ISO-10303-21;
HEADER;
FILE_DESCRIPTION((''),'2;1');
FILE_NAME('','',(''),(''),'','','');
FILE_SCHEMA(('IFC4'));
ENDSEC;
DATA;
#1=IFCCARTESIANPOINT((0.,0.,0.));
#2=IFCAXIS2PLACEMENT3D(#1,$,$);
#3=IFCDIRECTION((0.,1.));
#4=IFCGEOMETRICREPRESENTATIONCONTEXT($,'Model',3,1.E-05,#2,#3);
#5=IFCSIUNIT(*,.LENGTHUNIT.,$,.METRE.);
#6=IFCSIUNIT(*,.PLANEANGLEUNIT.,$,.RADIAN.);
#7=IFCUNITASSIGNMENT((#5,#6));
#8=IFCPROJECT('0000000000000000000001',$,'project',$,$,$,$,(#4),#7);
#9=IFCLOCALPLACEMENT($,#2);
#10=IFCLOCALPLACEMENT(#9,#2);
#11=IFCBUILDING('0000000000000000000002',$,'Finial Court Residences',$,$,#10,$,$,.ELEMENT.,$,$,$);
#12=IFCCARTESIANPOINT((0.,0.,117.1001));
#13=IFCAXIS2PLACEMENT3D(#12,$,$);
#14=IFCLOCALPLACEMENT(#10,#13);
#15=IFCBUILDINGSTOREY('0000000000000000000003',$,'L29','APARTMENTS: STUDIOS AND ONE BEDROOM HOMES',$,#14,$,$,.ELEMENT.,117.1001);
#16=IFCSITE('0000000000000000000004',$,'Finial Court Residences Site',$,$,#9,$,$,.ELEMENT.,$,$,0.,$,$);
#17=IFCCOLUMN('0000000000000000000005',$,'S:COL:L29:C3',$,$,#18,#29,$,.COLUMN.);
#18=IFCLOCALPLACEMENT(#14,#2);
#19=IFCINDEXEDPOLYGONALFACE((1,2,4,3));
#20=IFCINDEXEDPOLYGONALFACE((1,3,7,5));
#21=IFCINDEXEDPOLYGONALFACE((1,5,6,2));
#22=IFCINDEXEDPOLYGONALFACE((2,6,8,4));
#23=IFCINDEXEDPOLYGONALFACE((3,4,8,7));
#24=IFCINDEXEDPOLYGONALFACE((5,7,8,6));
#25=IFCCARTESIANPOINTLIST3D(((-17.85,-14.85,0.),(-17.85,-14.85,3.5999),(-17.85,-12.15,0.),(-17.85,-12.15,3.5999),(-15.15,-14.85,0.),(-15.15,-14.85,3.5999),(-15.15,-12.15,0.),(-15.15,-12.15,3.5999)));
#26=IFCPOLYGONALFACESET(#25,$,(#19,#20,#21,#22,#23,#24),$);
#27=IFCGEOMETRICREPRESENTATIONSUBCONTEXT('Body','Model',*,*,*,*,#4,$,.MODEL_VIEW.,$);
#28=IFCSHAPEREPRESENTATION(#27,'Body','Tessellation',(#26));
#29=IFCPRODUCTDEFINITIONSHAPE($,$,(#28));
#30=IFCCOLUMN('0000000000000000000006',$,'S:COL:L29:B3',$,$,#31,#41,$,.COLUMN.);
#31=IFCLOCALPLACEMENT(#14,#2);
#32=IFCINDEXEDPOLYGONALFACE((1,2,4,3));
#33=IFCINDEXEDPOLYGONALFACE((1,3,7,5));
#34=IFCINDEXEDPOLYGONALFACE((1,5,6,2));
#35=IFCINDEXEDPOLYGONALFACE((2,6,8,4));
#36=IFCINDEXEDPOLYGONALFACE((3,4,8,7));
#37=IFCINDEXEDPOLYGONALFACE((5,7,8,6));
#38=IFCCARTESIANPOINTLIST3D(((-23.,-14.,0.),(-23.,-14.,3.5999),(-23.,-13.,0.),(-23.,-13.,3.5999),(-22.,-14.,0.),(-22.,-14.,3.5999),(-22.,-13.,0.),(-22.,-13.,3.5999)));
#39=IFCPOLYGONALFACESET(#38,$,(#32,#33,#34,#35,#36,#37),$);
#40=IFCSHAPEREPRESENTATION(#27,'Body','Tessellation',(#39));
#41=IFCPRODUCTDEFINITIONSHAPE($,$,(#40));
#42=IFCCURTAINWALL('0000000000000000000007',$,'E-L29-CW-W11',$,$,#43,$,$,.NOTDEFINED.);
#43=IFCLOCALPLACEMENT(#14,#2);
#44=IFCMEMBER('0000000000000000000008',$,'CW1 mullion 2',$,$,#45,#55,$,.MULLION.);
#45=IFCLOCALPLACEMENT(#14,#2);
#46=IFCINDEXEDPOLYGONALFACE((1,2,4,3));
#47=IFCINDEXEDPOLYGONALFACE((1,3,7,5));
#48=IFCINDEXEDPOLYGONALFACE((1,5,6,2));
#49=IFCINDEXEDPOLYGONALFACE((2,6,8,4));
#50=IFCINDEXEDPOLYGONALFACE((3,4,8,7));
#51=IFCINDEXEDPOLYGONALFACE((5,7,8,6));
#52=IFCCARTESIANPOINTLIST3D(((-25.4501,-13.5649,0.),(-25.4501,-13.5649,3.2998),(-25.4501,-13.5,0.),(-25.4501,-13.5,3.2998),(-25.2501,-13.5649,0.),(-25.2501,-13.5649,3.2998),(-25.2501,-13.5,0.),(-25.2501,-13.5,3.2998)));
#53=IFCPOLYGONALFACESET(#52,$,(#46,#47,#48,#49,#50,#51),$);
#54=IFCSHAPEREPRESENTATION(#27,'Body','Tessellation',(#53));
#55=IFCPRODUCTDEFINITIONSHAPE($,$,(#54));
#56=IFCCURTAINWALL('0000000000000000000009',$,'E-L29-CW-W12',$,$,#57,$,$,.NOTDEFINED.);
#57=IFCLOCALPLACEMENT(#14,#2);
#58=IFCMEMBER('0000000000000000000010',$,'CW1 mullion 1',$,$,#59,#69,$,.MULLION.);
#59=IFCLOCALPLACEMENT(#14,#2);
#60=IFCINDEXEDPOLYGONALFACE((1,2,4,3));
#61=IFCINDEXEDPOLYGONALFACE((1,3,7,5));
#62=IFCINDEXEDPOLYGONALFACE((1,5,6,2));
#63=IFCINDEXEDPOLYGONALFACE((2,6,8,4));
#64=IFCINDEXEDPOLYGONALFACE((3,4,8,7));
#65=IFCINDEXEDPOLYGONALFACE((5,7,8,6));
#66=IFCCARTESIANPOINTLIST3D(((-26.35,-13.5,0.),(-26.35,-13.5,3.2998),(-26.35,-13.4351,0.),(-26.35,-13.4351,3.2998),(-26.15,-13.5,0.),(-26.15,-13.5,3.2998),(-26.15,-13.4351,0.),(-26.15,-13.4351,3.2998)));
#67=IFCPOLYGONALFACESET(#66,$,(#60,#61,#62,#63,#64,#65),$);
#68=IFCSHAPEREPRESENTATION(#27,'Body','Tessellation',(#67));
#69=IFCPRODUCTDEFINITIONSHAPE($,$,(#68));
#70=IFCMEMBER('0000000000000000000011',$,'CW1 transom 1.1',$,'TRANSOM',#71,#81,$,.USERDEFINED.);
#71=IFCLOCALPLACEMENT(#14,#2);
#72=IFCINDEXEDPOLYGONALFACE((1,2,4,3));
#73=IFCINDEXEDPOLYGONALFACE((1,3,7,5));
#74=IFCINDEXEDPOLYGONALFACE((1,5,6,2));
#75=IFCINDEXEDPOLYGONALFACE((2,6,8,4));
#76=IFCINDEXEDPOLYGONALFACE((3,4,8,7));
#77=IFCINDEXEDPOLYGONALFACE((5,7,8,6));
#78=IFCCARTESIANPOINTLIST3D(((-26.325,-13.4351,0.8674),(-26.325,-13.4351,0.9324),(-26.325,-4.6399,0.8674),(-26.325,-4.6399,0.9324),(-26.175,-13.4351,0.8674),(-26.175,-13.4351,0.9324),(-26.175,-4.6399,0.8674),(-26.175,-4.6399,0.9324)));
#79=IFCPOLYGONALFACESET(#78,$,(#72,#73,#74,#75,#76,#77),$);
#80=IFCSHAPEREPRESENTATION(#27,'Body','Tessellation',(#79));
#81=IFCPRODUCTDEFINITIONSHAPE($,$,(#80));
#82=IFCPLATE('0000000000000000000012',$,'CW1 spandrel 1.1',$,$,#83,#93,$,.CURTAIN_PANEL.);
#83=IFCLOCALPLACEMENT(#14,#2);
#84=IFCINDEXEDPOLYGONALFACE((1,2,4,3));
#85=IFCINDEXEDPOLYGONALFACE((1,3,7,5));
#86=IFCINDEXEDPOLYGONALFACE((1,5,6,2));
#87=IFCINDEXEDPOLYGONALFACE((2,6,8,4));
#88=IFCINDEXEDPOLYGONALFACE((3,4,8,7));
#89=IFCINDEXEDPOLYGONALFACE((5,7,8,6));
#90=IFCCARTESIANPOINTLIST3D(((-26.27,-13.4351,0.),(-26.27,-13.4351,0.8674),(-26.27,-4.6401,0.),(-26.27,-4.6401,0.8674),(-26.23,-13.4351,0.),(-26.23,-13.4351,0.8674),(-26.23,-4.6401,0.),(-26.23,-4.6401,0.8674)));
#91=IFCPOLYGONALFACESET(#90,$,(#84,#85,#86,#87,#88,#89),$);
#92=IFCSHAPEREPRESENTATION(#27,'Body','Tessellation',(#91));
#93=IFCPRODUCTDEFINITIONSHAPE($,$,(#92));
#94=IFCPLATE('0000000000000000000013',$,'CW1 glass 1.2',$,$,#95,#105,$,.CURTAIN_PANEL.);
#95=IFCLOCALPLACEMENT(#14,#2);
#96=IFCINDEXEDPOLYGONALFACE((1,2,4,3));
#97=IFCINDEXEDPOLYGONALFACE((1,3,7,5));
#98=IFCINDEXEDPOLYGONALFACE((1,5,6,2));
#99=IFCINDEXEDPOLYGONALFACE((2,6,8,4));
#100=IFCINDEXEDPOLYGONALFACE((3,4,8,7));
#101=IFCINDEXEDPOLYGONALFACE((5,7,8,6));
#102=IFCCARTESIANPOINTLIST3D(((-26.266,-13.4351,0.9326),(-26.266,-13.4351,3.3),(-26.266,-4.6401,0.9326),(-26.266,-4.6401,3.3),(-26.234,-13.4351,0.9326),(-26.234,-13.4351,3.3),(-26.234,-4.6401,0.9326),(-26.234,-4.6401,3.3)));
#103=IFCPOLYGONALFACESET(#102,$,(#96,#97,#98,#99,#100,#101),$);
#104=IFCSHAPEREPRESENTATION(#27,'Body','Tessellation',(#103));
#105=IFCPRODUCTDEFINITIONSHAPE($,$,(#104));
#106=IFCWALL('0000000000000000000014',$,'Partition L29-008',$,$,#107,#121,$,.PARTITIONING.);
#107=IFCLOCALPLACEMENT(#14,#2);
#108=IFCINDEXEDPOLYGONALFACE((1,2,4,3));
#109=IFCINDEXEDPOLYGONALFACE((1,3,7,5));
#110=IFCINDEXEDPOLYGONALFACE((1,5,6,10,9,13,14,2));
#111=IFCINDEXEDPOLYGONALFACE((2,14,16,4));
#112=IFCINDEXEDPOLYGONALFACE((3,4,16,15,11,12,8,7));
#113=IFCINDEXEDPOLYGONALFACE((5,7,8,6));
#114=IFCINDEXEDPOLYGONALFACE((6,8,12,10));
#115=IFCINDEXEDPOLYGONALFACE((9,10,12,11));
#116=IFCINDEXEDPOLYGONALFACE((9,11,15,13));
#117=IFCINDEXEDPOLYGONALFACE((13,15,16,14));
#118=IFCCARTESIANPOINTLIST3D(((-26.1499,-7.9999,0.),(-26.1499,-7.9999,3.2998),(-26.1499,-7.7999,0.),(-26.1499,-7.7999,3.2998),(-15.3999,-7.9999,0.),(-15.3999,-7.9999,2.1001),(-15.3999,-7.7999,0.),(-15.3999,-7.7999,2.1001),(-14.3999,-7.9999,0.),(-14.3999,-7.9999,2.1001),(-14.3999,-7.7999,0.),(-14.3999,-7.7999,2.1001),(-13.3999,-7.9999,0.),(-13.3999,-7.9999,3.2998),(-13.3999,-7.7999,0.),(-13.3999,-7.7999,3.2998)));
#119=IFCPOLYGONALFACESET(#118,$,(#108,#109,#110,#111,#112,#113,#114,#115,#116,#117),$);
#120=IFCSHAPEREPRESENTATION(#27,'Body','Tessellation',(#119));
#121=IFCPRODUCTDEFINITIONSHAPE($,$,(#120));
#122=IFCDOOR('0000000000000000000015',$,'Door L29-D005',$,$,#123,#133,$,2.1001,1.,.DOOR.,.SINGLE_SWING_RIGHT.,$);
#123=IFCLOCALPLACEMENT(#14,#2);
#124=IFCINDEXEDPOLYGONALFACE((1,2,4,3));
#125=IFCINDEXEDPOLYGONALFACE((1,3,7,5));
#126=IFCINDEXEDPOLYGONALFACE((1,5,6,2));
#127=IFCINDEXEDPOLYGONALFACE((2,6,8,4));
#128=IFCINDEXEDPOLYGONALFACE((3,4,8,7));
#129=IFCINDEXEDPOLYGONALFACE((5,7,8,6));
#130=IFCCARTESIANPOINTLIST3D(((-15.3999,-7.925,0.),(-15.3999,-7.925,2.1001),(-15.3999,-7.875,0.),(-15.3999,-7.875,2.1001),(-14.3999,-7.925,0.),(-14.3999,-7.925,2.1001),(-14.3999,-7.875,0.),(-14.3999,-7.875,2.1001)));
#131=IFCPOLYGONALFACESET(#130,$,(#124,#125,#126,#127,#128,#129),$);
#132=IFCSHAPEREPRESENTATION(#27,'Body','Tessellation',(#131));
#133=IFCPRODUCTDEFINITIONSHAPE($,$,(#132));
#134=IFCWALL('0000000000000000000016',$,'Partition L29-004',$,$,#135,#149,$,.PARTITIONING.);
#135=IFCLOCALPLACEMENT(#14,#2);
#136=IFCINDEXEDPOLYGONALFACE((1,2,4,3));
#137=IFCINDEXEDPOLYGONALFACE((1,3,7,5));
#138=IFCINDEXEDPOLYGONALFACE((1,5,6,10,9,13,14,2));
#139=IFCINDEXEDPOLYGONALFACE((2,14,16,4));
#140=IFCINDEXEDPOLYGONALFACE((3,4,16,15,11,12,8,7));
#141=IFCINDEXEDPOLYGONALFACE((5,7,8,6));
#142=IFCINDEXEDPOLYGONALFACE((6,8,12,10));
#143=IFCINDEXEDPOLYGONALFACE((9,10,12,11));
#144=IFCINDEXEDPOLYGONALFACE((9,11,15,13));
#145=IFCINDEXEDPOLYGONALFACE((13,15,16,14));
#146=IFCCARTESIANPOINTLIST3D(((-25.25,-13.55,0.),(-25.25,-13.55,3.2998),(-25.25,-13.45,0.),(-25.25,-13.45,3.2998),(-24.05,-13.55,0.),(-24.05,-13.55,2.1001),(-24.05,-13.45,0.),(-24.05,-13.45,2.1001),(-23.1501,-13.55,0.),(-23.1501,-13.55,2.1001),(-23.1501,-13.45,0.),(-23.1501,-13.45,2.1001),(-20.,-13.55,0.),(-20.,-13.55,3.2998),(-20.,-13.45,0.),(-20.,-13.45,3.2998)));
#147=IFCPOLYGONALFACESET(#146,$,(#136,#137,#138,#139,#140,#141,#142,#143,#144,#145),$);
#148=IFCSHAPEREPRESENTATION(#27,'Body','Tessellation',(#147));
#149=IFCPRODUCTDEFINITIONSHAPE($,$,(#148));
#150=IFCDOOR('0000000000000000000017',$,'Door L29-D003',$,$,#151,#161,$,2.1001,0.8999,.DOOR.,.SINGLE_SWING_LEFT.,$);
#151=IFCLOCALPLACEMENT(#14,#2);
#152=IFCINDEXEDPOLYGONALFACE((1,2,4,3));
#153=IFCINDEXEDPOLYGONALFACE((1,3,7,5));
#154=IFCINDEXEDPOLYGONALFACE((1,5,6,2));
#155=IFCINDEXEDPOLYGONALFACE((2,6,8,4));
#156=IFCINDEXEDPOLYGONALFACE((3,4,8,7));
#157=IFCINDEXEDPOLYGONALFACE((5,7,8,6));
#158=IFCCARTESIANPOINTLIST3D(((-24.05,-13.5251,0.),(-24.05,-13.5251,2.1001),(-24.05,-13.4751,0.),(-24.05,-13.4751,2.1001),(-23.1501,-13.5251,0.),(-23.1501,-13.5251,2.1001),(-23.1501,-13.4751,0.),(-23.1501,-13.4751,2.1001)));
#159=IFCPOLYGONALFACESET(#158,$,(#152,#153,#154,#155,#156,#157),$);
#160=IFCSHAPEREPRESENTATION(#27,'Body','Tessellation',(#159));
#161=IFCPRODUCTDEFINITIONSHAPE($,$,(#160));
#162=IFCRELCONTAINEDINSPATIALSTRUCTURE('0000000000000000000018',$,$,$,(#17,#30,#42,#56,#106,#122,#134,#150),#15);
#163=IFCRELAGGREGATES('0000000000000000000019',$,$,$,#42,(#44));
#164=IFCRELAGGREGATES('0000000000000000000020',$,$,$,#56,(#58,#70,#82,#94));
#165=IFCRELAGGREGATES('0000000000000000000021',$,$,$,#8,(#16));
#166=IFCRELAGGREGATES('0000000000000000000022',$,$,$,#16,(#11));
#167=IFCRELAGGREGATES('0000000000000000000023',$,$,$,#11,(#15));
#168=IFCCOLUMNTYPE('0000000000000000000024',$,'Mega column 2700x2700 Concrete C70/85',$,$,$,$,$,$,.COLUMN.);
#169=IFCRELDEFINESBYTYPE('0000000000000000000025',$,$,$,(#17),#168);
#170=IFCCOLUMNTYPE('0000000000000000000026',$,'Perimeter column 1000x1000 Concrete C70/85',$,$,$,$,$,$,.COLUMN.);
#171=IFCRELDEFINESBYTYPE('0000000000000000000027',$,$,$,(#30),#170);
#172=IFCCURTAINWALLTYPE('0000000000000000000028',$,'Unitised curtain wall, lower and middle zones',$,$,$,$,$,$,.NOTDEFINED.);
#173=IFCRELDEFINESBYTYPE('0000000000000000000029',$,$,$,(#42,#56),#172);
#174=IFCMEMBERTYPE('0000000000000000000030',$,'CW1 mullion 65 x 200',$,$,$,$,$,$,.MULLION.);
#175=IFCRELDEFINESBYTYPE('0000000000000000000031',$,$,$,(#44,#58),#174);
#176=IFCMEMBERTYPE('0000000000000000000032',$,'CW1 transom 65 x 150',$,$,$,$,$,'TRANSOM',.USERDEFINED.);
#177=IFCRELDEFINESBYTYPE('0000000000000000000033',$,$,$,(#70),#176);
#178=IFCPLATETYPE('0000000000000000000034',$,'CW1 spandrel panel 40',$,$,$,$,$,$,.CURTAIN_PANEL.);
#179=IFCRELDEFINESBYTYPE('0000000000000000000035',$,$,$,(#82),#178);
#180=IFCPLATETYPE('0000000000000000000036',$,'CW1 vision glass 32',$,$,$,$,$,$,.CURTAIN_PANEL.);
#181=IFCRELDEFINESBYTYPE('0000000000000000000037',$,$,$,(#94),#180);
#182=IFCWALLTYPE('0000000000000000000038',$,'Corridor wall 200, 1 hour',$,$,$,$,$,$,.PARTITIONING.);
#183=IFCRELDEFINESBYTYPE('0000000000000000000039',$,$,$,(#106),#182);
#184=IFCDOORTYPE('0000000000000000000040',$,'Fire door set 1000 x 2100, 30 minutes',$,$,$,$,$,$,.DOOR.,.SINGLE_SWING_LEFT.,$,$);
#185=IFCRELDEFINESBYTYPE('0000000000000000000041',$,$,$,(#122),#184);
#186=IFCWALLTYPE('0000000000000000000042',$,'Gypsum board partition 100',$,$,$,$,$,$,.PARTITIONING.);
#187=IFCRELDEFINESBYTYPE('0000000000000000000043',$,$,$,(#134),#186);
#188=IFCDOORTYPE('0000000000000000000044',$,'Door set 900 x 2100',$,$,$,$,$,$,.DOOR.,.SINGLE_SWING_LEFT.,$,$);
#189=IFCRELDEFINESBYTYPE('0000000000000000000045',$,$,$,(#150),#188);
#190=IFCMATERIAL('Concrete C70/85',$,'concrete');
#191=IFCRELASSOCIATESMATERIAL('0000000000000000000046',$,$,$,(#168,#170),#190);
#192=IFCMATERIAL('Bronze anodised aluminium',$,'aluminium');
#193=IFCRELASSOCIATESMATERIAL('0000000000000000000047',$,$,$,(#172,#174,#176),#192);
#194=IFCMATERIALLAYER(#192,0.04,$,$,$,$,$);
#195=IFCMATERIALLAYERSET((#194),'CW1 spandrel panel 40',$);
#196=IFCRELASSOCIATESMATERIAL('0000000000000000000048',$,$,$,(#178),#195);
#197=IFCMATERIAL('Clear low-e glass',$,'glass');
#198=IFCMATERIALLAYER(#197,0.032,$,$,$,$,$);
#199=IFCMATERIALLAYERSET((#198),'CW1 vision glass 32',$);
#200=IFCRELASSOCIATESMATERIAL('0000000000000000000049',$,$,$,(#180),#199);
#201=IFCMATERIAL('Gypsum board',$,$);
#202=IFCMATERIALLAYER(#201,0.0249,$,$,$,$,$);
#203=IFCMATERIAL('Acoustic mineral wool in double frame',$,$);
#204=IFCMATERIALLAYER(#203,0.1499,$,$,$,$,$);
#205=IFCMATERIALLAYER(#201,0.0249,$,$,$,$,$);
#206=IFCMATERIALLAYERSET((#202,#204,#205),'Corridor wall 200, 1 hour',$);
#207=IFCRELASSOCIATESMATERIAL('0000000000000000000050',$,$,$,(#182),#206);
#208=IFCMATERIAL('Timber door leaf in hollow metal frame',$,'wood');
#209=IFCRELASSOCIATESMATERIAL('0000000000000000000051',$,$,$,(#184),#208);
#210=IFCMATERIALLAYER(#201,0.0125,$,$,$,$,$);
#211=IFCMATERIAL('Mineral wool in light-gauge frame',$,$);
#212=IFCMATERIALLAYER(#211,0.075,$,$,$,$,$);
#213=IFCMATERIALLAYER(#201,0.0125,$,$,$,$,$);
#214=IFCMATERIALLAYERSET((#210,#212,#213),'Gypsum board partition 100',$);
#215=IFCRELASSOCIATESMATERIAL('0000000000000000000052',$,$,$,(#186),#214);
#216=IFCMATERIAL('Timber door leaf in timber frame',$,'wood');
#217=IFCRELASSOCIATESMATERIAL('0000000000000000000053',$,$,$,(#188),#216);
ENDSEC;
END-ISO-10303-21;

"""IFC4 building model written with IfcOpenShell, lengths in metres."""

from ifc_helpers import new_model, si_unit, direction, frame, frame_2d, origin, origin_2d, place, context, subcontext, project, spatial, rectangle, extrude, material, layer, layer_set, material_profile, profile_set, type_object, element, fill, aggregate, save


model = new_model("IFC4")

# Units and contexts
model_context = context("Model", 3, precision=1e-05, world=origin(), true_north=direction((0.0, 1.0)))
body_context = subcontext(model_context, "Body", "Model", "MODEL_VIEW")
ifc_project = project(units=[si_unit("LENGTHUNIT", "METRE"), si_unit("PLANEANGLEUNIT", "RADIAN")], contexts=[model_context])

# Site, building, storey
site_placement = place(None, origin())
site = spatial("IfcSite", under=ifc_project, at=site_placement, Name="Finial Court Residences Site", CompositionType="ELEMENT", RefElevation=0.0)
building_placement = place(site_placement, origin())
building = spatial("IfcBuilding", under=site, at=building_placement, Name="Finial Court Residences", CompositionType="ELEMENT")
storey_placement = place(building_placement, frame((0.0, 0.0, 117.1001)))
storey = spatial("IfcBuildingStorey", under=building, at=storey_placement, Name="L29", Description="APARTMENTS: STUDIOS AND ONE BEDROOM HOMES", CompositionType="ELEMENT", Elevation=117.1001)

# Columns
ifc_material_1 = material(Name="Concrete C70/85", Category="concrete")
ifc_material_profile_1 = material_profile(ifc_material_1, rectangle(XDim=2.7, YDim=2.7, at=origin_2d()), Name="2700x2700")
ifc_profile_set_1 = profile_set([ifc_material_profile_1], Name="Concrete C70/85")
column_type_1 = type_object("IfcColumnType", Name="Mega column 2700x2700 Concrete C70/85", PredefinedType="COLUMN", material=ifc_profile_set_1)
column_1_placement = place(storey_placement, frame((-16.5, -13.5, 0.0), z_axis=(0.0, 0.0, 1.0), x_axis=(1.0, 0.0, 0.0)))
element("IfcColumn", 1, at=column_1_placement, inside=storey, type_object=column_type_1, Name="S:COL:L29:C3", PredefinedType="COLUMN", context=body_context, shape_type="SweptSolid", body=[
    extrude(rectangle(XDim=2.7, YDim=2.7, at=origin_2d()), origin(), (0.0, 0.0, 1.0), 3.5999),
])
ifc_material_profile_2 = material_profile(ifc_material_1, rectangle(XDim=1.0, YDim=1.0, at=origin_2d()), Name="1000x1000")
ifc_profile_set_2 = profile_set([ifc_material_profile_2], Name="Concrete C70/85")
column_type_2 = type_object("IfcColumnType", Name="Perimeter column 1000x1000 Concrete C70/85", PredefinedType="COLUMN", material=ifc_profile_set_2)
column_2_placement = place(storey_placement, frame((-22.5, -13.5, 0.0), z_axis=(0.0, 0.0, 1.0), x_axis=(1.0, 0.0, 0.0)))
element("IfcColumn", 2, at=column_2_placement, inside=storey, type_object=column_type_2, Name="S:COL:L29:B3", PredefinedType="COLUMN", context=body_context, shape_type="SweptSolid", body=[
    extrude(rectangle(XDim=1.0, YDim=1.0, at=origin_2d()), origin(), (0.0, 0.0, 1.0), 3.5999),
])

# Curtain wall, member
ifc_material_2 = material(Name="Bronze anodised aluminium", Category="aluminium")
curtain_wall_type = type_object("IfcCurtainWallType", Name="Unitised curtain wall, lower and middle zones", PredefinedType="NOTDEFINED", material=ifc_material_2)
curtain_wall_1_placement = place(storey_placement, origin())
curtain_wall_1 = element("IfcCurtainWall", 3, at=curtain_wall_1_placement, inside=storey, type_object=curtain_wall_type, Name="E-L29-CW-W11", PredefinedType="NOTDEFINED")
ifc_material_profile_3 = material_profile(ifc_material_2, rectangle(XDim=0.2, YDim=0.0649, at=origin_2d()), Name="CW1 mullion 65 x 200")
ifc_profile_set_3 = profile_set([ifc_material_profile_3], Name="Bronze anodised aluminium")
member_type_1 = type_object("IfcMemberType", Name="CW1 mullion 65 x 200", PredefinedType="MULLION", material=ifc_profile_set_3)
member_1_placement = place(storey_placement, frame((-25.3501, -13.5325, 0.0), z_axis=(0.0, 0.0, 1.0), x_axis=(-1.0, 0.0, 0.0)))
member_1 = element("IfcMember", 4, at=member_1_placement, type_object=member_type_1, Name="CW1 mullion 2", PredefinedType="MULLION", context=body_context, shape_type="SweptSolid", body=[
    extrude(rectangle(XDim=0.2, YDim=0.0649, at=origin_2d()), origin(), (0.0, 0.0, 1.0), 3.2998),
])
aggregate(curtain_wall_1, [member_1])

# Curtain wall, members, plates
curtain_wall_2_placement = place(storey_placement, origin())
curtain_wall_2 = element("IfcCurtainWall", 5, at=curtain_wall_2_placement, inside=storey, type_object=curtain_wall_type, Name="E-L29-CW-W12", PredefinedType="NOTDEFINED")
member_2_placement = place(storey_placement, frame((-26.25, -13.4675, 0.0), z_axis=(0.0, 0.0, 1.0), x_axis=(-1.0, 0.0, 0.0)))
member_2 = element("IfcMember", 6, at=member_2_placement, type_object=member_type_1, Name="CW1 mullion 1", PredefinedType="MULLION", context=body_context, shape_type="SweptSolid", body=[
    extrude(rectangle(XDim=0.2, YDim=0.0649, at=origin_2d()), origin(), (0.0, 0.0, 1.0), 3.2998),
])
ifc_material_profile_4 = material_profile(ifc_material_2, rectangle(XDim=0.1499, YDim=0.0649, at=origin_2d()), Name="CW1 transom 65 x 150")
ifc_profile_set_4 = profile_set([ifc_material_profile_4], Name="Bronze anodised aluminium")
member_type_2 = type_object("IfcMemberType", Name="CW1 transom 65 x 150", ElementType="TRANSOM", PredefinedType="USERDEFINED", material=ifc_profile_set_4)
member_3_placement = place(storey_placement, frame((-26.25, -13.4351, 0.8999), z_axis=(0.0, 1.0, 0.0), x_axis=(-1.0, 0.0, 0.0)))
member_3 = element("IfcMember", 7, at=member_3_placement, type_object=member_type_2, Name="CW1 transom 1.1", ObjectType="TRANSOM", PredefinedType="USERDEFINED", context=body_context, shape_type="SweptSolid", body=[
    extrude(rectangle(XDim=0.1499, YDim=0.0649, at=origin_2d()), origin(), (0.0, 0.0, 1.0), 8.7952),
])
ifc_layer_1 = layer(ifc_material_2, 0.04)
ifc_layer_set_1 = layer_set([ifc_layer_1], Name="CW1 spandrel panel 40")
plate_type_1 = type_object("IfcPlateType", Name="CW1 spandrel panel 40", PredefinedType="CURTAIN_PANEL", material=ifc_layer_set_1)
plate_1_placement = place(storey_placement, frame((-26.25, -9.0376, 0.0), z_axis=(0.0, 0.0, 1.0), x_axis=(0.0, 1.0, 0.0)))
plate_1 = element("IfcPlate", 8, at=plate_1_placement, type_object=plate_type_1, Name="CW1 spandrel 1.1", PredefinedType="CURTAIN_PANEL", context=body_context, shape_type="SweptSolid", body=[
    extrude(rectangle(XDim=8.7949, YDim=0.04, at=origin_2d()), origin(), (0.0, 0.0, 1.0), 0.8674),
])
ifc_material_3 = material(Name="Clear low-e glass", Category="glass")
ifc_layer_2 = layer(ifc_material_3, 0.032)
ifc_layer_set_2 = layer_set([ifc_layer_2], Name="CW1 vision glass 32")
plate_type_2 = type_object("IfcPlateType", Name="CW1 vision glass 32", PredefinedType="CURTAIN_PANEL", material=ifc_layer_set_2)
plate_2_placement = place(storey_placement, frame((-26.25, -9.0376, 0.9326), z_axis=(0.0, 0.0, 1.0), x_axis=(0.0, 1.0, 0.0)))
plate_2 = element("IfcPlate", 9, at=plate_2_placement, type_object=plate_type_2, Name="CW1 glass 1.2", PredefinedType="CURTAIN_PANEL", context=body_context, shape_type="SweptSolid", body=[
    extrude(rectangle(XDim=8.7949, YDim=0.032, at=origin_2d()), origin(), (0.0, 0.0, 1.0), 2.3674),
])
aggregate(curtain_wall_2, [member_2, member_3, plate_1, plate_2])

# Walls, openings, doors
ifc_material_4 = material(Name="Gypsum board")
ifc_layer_3 = layer(ifc_material_4, 0.0249)
ifc_material_5 = material(Name="Acoustic mineral wool in double frame")
ifc_layer_4 = layer(ifc_material_5, 0.1499)
ifc_layer_5 = layer(ifc_material_4, 0.0249)
ifc_layer_set_3 = layer_set([ifc_layer_3, ifc_layer_4, ifc_layer_5], Name="Corridor wall 200, 1 hour")
wall_type_1 = type_object("IfcWallType", Name="Corridor wall 200, 1 hour", PredefinedType="PARTITIONING", material=ifc_layer_set_3)
wall_1_placement = place(storey_placement, frame((-26.1499, -7.8999, 0.0), z_axis=(0.0, 0.0, 1.0), x_axis=(1.0, 0.0, 0.0)))
wall_1 = element("IfcWall", 10, at=wall_1_placement, inside=storey, type_object=wall_type_1, Name="Partition L29-008", PredefinedType="PARTITIONING", context=body_context, shape_type="SweptSolid", body=[
    extrude(rectangle(XDim=12.75, YDim=0.2, at=frame_2d((6.375, 0.0))), origin(), (0.0, 0.0, 1.0), 3.2998),
])
opening_1_placement = place(wall_1_placement, frame((10.75, 0.0, 0.0)))
opening_1 = element("IfcOpeningElement", 11, at=opening_1_placement, cuts=wall_1, PredefinedType="OPENING", context=body_context, shape_type="SweptSolid", body=[
    extrude(rectangle(XDim=1.0, YDim=2.1001, at=frame_2d((0.5, 1.05))), frame((0.0, 0.1099, 0.0), z_axis=(0.0, -1.0, 0.0), x_axis=(1.0, 0.0, 0.0)), (0.0, 0.0, 1.0), 0.22),
])
ifc_material_6 = material(Name="Timber door leaf in hollow metal frame", Category="wood")
door_type_1 = type_object("IfcDoorType", Name="Fire door set 1000 x 2100, 30 minutes", OperationType="SINGLE_SWING_LEFT", PredefinedType="DOOR", material=ifc_material_6)
door_1_placement = place(opening_1_placement, origin())
door_1 = element("IfcDoor", 12, at=door_1_placement, inside=storey, type_object=door_type_1, Name="Door L29-D005", OperationType="SINGLE_SWING_RIGHT", OverallHeight=2.1001, OverallWidth=1.0, PredefinedType="DOOR", context=body_context, shape_type="SweptSolid", body=[
    extrude(rectangle(XDim=1.0, YDim=2.1001, at=frame_2d((0.5, 1.05))), frame((0.0, 0.0249, 0.0), z_axis=(0.0, -1.0, 0.0), x_axis=(1.0, 0.0, 0.0)), (0.0, 0.0, 1.0), 0.05),
])
fill(opening_1, door_1)
ifc_layer_6 = layer(ifc_material_4, 0.0125)
ifc_material_7 = material(Name="Mineral wool in light-gauge frame")
ifc_layer_7 = layer(ifc_material_7, 0.075)
ifc_layer_8 = layer(ifc_material_4, 0.0125)
ifc_layer_set_4 = layer_set([ifc_layer_6, ifc_layer_7, ifc_layer_8], Name="Gypsum board partition 100")
wall_type_2 = type_object("IfcWallType", Name="Gypsum board partition 100", PredefinedType="PARTITIONING", material=ifc_layer_set_4)
wall_2_placement = place(storey_placement, frame((-25.25, -13.5, 0.0), z_axis=(0.0, 0.0, 1.0), x_axis=(1.0, 0.0, 0.0)))
wall_2 = element("IfcWall", 13, at=wall_2_placement, inside=storey, type_object=wall_type_2, Name="Partition L29-004", PredefinedType="PARTITIONING", context=body_context, shape_type="SweptSolid", body=[
    extrude(rectangle(XDim=5.25, YDim=0.1001, at=frame_2d((2.625, 0.0))), origin(), (0.0, 0.0, 1.0), 3.2998),
])
opening_2_placement = place(wall_2_placement, frame((1.2, 0.0, 0.0)))
opening_2 = element("IfcOpeningElement", 14, at=opening_2_placement, cuts=wall_2, PredefinedType="OPENING", context=body_context, shape_type="SweptSolid", body=[
    extrude(rectangle(XDim=0.8999, YDim=2.1001, at=frame_2d((0.45, 1.05))), frame((0.0, 0.0601, 0.0), z_axis=(0.0, -1.0, 0.0), x_axis=(1.0, 0.0, 0.0)), (0.0, 0.0, 1.0), 0.1201),
])
ifc_material_8 = material(Name="Timber door leaf in timber frame", Category="wood")
door_type_2 = type_object("IfcDoorType", Name="Door set 900 x 2100", OperationType="SINGLE_SWING_LEFT", PredefinedType="DOOR", material=ifc_material_8)
door_2_placement = place(opening_2_placement, origin())
door_2 = element("IfcDoor", 15, at=door_2_placement, inside=storey, type_object=door_type_2, Name="Door L29-D003", OperationType="SINGLE_SWING_LEFT", OverallHeight=2.1001, OverallWidth=0.8999, PredefinedType="DOOR", context=body_context, shape_type="SweptSolid", body=[
    extrude(rectangle(XDim=0.8999, YDim=2.1001, at=frame_2d((0.45, 1.05))), frame((0.0, 0.0249, 0.0), z_axis=(0.0, -1.0, 0.0), x_axis=(1.0, 0.0, 0.0)), (0.0, 0.0, 1.0), 0.05),
])
fill(opening_2, door_2)

save(model, "model.ifc")
